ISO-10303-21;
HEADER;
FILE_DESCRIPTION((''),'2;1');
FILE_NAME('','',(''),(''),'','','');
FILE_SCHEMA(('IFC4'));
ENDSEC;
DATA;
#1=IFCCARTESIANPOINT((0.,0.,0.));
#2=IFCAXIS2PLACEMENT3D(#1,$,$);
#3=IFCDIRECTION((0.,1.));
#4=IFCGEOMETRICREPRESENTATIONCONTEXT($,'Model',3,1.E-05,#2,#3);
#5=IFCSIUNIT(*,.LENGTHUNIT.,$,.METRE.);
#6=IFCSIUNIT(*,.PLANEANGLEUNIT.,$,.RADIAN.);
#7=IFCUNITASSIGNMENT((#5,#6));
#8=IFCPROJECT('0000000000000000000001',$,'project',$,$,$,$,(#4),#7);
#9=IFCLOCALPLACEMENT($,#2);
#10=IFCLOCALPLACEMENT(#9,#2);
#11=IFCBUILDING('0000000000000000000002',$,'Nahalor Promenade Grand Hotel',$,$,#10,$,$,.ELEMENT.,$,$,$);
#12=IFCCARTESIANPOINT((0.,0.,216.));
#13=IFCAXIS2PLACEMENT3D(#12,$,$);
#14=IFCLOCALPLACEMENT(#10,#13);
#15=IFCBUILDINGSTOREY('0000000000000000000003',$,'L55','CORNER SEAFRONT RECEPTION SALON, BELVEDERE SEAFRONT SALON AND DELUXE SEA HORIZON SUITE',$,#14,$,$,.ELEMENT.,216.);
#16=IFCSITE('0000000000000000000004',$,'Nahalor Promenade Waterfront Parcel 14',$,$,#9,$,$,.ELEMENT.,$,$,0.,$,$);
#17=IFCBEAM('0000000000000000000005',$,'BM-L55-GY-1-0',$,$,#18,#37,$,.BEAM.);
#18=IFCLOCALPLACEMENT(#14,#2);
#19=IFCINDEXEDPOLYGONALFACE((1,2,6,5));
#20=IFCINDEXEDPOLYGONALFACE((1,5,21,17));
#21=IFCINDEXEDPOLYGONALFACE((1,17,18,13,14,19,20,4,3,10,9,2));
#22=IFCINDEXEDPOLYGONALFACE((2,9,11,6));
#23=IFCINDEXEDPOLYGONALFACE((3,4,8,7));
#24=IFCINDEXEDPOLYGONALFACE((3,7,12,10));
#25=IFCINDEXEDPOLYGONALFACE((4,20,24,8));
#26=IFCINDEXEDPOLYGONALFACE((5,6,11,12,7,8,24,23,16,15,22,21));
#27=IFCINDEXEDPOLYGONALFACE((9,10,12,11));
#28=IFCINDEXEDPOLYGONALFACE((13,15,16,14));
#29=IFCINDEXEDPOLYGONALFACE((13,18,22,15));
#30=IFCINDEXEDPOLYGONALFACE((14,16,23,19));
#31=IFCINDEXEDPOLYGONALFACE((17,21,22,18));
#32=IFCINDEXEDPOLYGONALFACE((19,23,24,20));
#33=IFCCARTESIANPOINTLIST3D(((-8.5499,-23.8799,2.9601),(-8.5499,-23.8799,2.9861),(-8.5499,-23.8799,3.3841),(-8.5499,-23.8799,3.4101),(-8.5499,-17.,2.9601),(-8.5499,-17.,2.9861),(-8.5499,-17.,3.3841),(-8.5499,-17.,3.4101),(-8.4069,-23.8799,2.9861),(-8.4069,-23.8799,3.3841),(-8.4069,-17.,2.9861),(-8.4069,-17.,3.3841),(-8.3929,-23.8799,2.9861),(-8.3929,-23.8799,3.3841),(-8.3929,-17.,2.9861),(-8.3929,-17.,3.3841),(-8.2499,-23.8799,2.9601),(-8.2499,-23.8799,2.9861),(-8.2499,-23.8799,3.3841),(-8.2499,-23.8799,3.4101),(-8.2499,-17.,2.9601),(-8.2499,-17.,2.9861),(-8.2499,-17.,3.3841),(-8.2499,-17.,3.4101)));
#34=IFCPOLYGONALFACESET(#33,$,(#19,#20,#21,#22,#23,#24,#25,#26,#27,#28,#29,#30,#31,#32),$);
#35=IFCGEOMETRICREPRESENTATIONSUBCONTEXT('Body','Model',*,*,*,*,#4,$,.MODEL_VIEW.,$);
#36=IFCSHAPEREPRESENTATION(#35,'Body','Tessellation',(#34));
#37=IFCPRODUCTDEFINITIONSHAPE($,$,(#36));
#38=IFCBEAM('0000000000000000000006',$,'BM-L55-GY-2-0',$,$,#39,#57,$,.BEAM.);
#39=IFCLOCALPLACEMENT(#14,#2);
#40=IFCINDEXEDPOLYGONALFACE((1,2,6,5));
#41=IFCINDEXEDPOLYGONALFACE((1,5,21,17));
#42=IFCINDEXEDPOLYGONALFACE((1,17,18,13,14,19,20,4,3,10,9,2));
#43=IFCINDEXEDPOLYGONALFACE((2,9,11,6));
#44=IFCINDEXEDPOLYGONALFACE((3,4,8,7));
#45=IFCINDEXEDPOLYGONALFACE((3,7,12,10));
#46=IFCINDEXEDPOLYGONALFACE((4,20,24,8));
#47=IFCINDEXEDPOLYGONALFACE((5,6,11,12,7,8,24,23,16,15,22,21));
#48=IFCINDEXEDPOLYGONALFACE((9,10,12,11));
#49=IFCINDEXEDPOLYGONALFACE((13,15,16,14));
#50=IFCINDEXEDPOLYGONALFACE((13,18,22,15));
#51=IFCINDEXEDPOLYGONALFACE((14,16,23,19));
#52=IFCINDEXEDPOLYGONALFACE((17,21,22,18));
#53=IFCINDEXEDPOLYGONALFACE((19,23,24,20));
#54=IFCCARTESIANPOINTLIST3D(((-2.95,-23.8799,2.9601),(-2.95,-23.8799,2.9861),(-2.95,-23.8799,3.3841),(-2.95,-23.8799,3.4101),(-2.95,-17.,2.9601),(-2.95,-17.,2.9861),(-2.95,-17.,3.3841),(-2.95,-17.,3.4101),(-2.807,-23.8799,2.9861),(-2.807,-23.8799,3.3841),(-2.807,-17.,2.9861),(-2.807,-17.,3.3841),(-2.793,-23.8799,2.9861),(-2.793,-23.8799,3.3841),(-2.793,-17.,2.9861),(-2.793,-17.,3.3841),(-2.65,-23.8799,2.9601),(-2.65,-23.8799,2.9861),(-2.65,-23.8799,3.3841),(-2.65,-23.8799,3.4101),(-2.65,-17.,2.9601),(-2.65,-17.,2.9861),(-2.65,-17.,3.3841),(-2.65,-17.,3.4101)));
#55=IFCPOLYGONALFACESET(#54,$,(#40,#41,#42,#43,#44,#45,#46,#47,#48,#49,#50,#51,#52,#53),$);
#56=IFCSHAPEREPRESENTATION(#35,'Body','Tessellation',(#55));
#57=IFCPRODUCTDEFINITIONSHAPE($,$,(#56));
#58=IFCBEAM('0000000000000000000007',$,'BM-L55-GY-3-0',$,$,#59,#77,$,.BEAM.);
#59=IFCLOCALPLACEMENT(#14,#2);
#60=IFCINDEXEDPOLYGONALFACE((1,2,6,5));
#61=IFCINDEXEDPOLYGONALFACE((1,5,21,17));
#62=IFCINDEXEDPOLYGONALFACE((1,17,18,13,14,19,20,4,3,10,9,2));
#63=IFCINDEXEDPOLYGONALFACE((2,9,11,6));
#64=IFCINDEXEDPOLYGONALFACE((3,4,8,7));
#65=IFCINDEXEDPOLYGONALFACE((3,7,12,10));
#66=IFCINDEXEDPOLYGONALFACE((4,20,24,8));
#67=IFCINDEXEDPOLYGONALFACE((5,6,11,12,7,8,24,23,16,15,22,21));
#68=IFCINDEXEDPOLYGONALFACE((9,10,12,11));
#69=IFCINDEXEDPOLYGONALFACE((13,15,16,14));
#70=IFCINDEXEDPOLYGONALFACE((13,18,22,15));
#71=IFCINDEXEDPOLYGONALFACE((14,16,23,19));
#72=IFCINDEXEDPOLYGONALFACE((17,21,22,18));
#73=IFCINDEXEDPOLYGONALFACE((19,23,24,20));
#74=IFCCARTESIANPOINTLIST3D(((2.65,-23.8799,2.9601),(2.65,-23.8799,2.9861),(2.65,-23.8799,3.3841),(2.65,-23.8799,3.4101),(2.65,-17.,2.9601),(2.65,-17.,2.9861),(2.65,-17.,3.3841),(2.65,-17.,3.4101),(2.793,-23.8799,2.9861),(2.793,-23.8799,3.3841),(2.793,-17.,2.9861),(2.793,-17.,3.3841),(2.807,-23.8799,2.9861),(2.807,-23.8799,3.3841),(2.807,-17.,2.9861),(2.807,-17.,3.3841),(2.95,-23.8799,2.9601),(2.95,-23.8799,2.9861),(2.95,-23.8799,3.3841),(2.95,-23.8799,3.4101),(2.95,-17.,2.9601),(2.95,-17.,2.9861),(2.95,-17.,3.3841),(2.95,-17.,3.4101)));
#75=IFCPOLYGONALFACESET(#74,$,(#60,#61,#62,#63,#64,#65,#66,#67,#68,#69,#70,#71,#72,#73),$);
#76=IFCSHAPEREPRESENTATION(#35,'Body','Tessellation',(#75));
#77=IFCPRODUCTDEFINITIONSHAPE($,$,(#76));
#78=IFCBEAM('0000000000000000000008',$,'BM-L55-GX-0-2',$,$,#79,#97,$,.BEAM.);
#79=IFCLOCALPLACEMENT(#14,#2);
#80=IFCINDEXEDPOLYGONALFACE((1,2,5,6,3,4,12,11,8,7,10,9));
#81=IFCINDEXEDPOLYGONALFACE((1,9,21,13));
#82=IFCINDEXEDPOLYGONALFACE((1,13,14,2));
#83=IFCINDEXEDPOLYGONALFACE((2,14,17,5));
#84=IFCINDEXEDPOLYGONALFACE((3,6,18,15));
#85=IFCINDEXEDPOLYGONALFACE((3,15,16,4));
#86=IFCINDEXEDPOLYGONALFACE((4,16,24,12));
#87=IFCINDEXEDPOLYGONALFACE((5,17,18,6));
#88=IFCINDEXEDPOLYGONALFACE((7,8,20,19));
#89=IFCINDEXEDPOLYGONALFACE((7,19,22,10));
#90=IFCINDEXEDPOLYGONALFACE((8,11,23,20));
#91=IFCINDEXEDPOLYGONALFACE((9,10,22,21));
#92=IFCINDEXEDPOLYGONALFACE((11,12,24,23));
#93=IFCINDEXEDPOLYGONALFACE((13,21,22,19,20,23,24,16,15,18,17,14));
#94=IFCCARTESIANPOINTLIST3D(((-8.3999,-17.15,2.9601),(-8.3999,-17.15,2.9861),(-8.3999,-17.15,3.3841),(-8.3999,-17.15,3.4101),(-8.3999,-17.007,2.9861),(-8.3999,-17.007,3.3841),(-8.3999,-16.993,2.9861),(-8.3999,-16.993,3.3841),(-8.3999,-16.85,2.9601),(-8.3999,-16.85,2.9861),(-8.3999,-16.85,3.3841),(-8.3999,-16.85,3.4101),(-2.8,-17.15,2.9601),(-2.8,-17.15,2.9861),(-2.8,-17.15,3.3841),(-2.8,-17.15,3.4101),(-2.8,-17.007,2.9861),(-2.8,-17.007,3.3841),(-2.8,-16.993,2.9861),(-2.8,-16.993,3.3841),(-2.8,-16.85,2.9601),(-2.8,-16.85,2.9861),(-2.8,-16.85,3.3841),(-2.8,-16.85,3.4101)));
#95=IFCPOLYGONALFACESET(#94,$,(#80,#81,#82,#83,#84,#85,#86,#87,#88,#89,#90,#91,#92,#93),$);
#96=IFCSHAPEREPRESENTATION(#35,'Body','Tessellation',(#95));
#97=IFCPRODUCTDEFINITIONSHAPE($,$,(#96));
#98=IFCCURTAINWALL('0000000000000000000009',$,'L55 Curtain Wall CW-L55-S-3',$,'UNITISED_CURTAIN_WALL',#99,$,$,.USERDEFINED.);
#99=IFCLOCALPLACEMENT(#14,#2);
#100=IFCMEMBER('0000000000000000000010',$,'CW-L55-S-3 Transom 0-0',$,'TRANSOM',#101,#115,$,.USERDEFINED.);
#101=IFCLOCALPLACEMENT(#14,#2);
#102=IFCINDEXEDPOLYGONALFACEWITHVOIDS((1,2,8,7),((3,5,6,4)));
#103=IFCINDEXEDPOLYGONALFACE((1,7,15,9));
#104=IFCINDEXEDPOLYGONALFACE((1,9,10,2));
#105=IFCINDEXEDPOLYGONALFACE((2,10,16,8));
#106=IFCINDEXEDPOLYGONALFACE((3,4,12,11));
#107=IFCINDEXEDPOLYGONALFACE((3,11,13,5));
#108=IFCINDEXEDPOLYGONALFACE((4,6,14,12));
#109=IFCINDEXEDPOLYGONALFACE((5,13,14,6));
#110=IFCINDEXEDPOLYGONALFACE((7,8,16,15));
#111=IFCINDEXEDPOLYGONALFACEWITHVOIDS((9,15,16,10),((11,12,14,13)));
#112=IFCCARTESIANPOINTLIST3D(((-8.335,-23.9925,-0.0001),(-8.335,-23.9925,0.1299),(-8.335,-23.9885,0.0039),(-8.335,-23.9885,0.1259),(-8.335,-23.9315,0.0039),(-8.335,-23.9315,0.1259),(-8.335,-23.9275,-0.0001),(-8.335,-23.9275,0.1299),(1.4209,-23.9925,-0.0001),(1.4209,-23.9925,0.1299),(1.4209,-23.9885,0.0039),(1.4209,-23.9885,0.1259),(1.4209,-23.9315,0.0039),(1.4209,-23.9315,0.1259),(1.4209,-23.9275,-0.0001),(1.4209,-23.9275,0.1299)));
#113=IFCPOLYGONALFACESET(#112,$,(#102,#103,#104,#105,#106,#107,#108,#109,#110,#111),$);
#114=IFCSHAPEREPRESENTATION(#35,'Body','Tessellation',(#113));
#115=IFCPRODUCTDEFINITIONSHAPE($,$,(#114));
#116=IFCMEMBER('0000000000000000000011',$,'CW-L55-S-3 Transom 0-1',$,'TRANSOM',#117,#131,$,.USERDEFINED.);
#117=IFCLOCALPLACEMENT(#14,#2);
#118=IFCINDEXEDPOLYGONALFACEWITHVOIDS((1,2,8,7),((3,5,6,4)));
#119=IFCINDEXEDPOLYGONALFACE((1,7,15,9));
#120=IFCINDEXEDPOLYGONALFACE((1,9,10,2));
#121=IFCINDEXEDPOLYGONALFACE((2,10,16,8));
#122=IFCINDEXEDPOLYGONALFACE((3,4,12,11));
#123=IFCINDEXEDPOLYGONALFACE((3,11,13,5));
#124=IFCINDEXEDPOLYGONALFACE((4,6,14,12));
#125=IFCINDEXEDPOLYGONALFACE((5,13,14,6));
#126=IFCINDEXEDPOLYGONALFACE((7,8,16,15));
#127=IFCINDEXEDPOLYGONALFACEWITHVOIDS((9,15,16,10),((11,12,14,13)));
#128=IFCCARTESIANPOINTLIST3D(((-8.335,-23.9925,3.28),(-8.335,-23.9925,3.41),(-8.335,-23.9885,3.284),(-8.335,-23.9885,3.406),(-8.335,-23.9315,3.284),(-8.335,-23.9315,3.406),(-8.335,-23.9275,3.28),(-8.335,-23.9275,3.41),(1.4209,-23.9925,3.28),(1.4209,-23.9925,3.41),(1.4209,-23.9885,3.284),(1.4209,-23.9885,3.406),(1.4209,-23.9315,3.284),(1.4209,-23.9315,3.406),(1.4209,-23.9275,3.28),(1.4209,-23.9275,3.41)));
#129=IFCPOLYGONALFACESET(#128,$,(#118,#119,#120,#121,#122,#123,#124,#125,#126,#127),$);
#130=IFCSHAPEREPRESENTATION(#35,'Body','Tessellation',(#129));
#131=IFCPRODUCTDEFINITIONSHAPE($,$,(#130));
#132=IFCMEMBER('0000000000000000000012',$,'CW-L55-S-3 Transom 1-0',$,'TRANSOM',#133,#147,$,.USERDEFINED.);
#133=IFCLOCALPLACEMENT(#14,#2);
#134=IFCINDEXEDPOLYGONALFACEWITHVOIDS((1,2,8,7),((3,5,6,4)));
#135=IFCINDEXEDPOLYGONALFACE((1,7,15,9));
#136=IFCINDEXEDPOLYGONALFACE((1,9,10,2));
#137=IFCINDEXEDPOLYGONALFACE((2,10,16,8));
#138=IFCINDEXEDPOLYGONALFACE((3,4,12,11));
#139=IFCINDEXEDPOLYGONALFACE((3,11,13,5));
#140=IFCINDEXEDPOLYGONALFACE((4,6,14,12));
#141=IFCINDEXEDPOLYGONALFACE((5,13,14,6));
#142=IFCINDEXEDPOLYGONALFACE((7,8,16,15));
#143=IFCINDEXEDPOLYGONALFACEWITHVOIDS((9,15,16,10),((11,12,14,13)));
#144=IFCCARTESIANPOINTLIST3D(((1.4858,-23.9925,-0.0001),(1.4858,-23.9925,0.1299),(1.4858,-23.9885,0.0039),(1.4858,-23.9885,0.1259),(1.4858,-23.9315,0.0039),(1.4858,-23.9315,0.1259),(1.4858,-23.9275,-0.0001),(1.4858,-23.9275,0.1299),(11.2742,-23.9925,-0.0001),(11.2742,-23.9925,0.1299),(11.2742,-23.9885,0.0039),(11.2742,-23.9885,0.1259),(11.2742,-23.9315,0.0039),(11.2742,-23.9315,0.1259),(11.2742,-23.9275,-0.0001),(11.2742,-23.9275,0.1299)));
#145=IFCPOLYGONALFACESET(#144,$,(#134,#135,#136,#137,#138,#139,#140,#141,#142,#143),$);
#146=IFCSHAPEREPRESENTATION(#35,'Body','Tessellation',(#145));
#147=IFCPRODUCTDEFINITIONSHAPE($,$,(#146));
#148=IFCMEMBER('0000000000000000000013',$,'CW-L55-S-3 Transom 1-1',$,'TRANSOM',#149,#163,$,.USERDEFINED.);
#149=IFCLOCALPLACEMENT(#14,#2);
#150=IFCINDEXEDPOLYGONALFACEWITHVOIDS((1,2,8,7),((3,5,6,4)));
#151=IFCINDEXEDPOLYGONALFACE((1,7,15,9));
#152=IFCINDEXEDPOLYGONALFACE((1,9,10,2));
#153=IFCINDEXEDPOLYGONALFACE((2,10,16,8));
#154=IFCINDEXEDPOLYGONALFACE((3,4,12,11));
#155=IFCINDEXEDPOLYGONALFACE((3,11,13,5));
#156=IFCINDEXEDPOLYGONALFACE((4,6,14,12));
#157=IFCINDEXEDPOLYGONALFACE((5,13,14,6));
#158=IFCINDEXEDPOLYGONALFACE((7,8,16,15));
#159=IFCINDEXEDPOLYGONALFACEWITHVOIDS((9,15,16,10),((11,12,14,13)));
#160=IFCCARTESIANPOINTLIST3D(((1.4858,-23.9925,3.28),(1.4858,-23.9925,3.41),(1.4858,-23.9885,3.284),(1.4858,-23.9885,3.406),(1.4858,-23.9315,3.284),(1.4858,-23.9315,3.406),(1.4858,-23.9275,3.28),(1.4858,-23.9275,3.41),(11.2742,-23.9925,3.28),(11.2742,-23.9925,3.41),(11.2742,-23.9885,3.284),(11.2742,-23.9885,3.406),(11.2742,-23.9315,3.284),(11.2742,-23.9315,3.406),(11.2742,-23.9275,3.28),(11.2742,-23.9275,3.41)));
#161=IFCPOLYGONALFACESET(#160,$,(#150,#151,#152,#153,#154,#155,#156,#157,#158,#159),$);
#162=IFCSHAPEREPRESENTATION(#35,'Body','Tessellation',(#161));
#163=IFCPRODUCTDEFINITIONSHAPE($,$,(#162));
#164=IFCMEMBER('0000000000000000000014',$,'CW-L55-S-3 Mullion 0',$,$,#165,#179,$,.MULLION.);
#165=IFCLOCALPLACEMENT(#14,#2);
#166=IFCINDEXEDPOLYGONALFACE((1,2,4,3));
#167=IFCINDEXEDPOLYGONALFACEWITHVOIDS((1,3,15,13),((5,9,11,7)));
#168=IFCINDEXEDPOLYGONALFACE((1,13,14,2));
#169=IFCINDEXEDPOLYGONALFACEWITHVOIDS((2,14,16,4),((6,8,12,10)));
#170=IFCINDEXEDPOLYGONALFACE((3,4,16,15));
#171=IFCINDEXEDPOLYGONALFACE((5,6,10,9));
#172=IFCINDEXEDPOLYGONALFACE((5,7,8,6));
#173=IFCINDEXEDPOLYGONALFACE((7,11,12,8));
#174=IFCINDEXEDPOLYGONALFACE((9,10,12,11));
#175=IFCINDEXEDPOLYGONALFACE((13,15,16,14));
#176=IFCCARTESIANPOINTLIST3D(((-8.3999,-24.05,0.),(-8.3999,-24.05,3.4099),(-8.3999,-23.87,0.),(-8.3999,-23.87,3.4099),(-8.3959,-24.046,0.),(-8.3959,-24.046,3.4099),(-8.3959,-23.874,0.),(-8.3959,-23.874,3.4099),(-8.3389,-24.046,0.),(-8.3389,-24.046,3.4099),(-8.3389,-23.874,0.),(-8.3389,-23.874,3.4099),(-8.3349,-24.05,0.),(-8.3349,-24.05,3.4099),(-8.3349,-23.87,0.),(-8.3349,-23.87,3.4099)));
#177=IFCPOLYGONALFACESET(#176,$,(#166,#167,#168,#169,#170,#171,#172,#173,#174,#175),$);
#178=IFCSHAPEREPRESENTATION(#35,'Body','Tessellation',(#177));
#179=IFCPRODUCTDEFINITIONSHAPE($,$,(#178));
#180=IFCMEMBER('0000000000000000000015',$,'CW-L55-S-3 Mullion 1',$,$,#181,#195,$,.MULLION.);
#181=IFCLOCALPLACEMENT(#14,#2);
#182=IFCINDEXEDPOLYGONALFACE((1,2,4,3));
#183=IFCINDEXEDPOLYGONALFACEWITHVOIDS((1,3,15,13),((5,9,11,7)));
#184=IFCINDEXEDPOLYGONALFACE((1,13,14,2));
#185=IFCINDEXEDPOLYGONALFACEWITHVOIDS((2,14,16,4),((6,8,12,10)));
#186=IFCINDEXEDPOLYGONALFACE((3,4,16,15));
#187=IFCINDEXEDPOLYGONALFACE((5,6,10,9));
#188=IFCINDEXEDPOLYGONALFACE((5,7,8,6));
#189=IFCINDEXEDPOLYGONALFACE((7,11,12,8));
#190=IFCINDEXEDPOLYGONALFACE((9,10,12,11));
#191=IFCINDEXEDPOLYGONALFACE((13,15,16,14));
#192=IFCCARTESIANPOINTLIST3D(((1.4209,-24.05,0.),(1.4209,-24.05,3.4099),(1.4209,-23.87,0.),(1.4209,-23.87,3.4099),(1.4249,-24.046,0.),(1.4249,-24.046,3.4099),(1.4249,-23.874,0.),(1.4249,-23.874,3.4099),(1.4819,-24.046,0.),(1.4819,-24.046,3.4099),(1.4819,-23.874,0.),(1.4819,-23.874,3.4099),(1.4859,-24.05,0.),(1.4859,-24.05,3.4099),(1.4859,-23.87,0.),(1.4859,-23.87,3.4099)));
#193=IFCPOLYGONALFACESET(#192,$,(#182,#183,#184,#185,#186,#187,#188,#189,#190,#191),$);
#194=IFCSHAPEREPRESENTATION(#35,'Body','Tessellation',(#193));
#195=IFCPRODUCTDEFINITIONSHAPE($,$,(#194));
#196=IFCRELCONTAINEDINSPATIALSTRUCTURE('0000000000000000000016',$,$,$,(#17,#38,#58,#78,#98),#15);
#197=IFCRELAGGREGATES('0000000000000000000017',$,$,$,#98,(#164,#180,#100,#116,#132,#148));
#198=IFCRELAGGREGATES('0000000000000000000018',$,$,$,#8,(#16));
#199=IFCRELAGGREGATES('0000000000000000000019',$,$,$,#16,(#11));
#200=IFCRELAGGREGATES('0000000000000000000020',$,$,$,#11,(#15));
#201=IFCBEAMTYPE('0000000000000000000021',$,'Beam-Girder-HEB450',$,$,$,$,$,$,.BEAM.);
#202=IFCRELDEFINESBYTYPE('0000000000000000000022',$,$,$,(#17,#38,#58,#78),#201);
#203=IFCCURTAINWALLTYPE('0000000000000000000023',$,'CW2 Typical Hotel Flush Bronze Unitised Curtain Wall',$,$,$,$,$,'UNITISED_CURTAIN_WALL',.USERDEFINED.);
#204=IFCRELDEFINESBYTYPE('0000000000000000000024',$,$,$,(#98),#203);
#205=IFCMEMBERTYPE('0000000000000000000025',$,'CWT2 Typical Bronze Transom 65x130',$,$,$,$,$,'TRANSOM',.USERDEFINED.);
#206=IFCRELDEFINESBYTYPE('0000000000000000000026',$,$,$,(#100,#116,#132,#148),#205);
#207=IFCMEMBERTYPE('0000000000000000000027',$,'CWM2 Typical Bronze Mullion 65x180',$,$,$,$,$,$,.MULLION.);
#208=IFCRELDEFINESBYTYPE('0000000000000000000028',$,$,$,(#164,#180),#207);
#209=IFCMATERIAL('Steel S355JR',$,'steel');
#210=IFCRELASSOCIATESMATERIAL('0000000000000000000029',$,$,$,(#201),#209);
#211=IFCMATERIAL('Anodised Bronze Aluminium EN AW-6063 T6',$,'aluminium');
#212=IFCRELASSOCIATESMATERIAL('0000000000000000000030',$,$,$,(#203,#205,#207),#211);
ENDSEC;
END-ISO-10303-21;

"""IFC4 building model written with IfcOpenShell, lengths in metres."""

from ifc_helpers import new_model, si_unit, direction, frame, origin, origin_2d, place, context, subcontext, project, spatial, hollow_rectangle, i_section, extrude, source, transform, mapped, material, material_profile, profile_set, type_object, element, aggregate, save


model = new_model("IFC4")

# Units and contexts
model_context = context("Model", 3, precision=1e-05, world=origin(), true_north=direction((0.0, 1.0)))
body_context = subcontext(model_context, "Body", "Model", "MODEL_VIEW")
ifc_project = project(units=[si_unit("LENGTHUNIT", "METRE"), si_unit("PLANEANGLEUNIT", "RADIAN")], contexts=[model_context])

# Site, building, storey
site_placement = place(None, origin())
site = spatial("IfcSite", under=ifc_project, at=site_placement, Name="Nahalor Promenade Waterfront Parcel 14", CompositionType="ELEMENT", RefElevation=0.0)
building_placement = place(site_placement, origin())
building = spatial("IfcBuilding", under=site, at=building_placement, Name="Nahalor Promenade Grand Hotel", CompositionType="ELEMENT")
storey_placement = place(building_placement, frame((0.0, 0.0, 216.0)))
storey = spatial("IfcBuildingStorey", under=building, at=storey_placement, Name="L55", Description="CORNER SEAFRONT RECEPTION SALON, BELVEDERE SEAFRONT SALON AND DELUXE SEA HORIZON SUITE", CompositionType="ELEMENT", Elevation=216.0)

# Shared definitions
ifc_material_1 = material(Name="Steel S355JR", Category="steel")

# Beams
ifc_material_profile_1 = material_profile(ifc_material_1, i_section(OverallWidth=0.3, OverallDepth=0.45, WebThickness=0.014, FlangeThickness=0.026, at=origin_2d()), Name="HEB 450")
ifc_profile_set_1 = profile_set([ifc_material_profile_1], Name="Steel S355JR")
beam_type_1 = type_object("IfcBeamType", Name="Beam-Girder-HEB450", PredefinedType="BEAM", material=ifc_profile_set_1)
shared_shape_1 = source(origin(), body_context, "Body", "SweptSolid", [
    extrude(i_section(OverallWidth=0.3, OverallDepth=0.45, WebThickness=0.014, FlangeThickness=0.026, at=origin_2d()), origin(), (0.0, 0.0, 1.0), 6.8799),
])
for number, where, z_axis, x_axis, name in (
    (1, (-8.3999, -23.8799, 3.1851), (0.0, 1.0, 0.0), (-1.0, 0.0, 0.0), "BM-L55-GY-1-0"),
    (2, (-2.8, -23.8799, 3.1851), (0.0, 1.0, 0.0), (-1.0, 0.0, 0.0), "BM-L55-GY-2-0"),
    (3, (2.8, -23.8799, 3.1851), (0.0, 1.0, 0.0), (-1.0, 0.0, 0.0), "BM-L55-GY-3-0"),
):
    element("IfcBeam", number, at=place(storey_placement, frame(where, z_axis=z_axis, x_axis=x_axis)), inside=storey, type_object=beam_type_1, Name=name, PredefinedType="BEAM", context=body_context, shape_type="MappedRepresentation", body=[
        mapped(shared_shape_1, transform((0.0, 0.0, 0.0), scale=1.0)),
    ])
shared_shape_2 = source(origin(), body_context, "Body", "SweptSolid", [
    extrude(i_section(OverallWidth=0.3, OverallDepth=0.45, WebThickness=0.014, FlangeThickness=0.026, at=origin_2d()), origin(), (0.0, 0.0, 1.0), 5.5999),
])
beam_1_placement = place(storey_placement, frame((-8.3999, -17.0, 3.1851), z_axis=(1.0, 0.0, 0.0), x_axis=(0.0, 1.0, 0.0)))
element("IfcBeam", 4, at=beam_1_placement, inside=storey, type_object=beam_type_1, Name="BM-L55-GX-0-2", PredefinedType="BEAM", context=body_context, shape_type="MappedRepresentation", body=[
    mapped(shared_shape_2, transform((0.0, 0.0, 0.0), scale=1.0)),
])

# Curtain wall, members
ifc_material_2 = material(Name="Anodised Bronze Aluminium EN AW-6063 T6", Category="aluminium")
curtain_wall_type = type_object("IfcCurtainWallType", Name="CW2 Typical Hotel Flush Bronze Unitised Curtain Wall", ElementType="UNITISED_CURTAIN_WALL", PredefinedType="USERDEFINED", material=ifc_material_2)
curtain_wall_placement = place(storey_placement, origin())
curtain_wall = element("IfcCurtainWall", 5, at=curtain_wall_placement, inside=storey, type_object=curtain_wall_type, Name="L55 Curtain Wall CW-L55-S-3", ObjectType="UNITISED_CURTAIN_WALL", PredefinedType="USERDEFINED")
ifc_material_profile_2 = material_profile(ifc_material_2, hollow_rectangle(XDim=0.065, YDim=0.13, WallThickness=0.004, at=origin_2d()), Name="CWT 65x130x4")
ifc_profile_set_2 = profile_set([ifc_material_profile_2], Name="Anodised Bronze Aluminium EN AW-6063 T6")
member_type_1 = type_object("IfcMemberType", Name="CWT2 Typical Bronze Transom 65x130", ElementType="TRANSOM", PredefinedType="USERDEFINED", material=ifc_profile_set_2)
shared_shape_3 = source(origin(), body_context, "Body", "SweptSolid", [
    extrude(hollow_rectangle(XDim=0.065, YDim=0.13, WallThickness=0.004, at=origin_2d()), origin(), (0.0, 0.0, 1.0), 9.7559),
])
member_1_placement = place(storey_placement, frame((-8.335, -23.96, 0.0649), z_axis=(1.0, 0.0, 0.0), x_axis=(0.0, 1.0, 0.0)))
member_1 = element("IfcMember", 6, at=member_1_placement, type_object=member_type_1, Name="CW-L55-S-3 Transom 0-0", ObjectType="TRANSOM", PredefinedType="USERDEFINED", context=body_context, shape_type="MappedRepresentation", body=[
    mapped(shared_shape_3, transform((0.0, 0.0, 0.0), scale=1.0)),
])
member_2_placement = place(storey_placement, frame((-8.335, -23.96, 3.345), z_axis=(1.0, 0.0, 0.0), x_axis=(0.0, 1.0, 0.0)))
member_2 = element("IfcMember", 7, at=member_2_placement, type_object=member_type_1, Name="CW-L55-S-3 Transom 0-1", ObjectType="TRANSOM", PredefinedType="USERDEFINED", context=body_context, shape_type="MappedRepresentation", body=[
    mapped(shared_shape_3, transform((0.0, 0.0, 0.0), scale=1.0)),
])
shared_shape_4 = source(origin(), body_context, "Body", "SweptSolid", [
    extrude(hollow_rectangle(XDim=0.065, YDim=0.13, WallThickness=0.004, at=origin_2d()), origin(), (0.0, 0.0, 1.0), 9.7883),
])
member_3_placement = place(storey_placement, frame((1.4858, -23.96, 0.0649), z_axis=(1.0, 0.0, 0.0), x_axis=(0.0, 1.0, 0.0)))
member_3 = element("IfcMember", 8, at=member_3_placement, type_object=member_type_1, Name="CW-L55-S-3 Transom 1-0", ObjectType="TRANSOM", PredefinedType="USERDEFINED", context=body_context, shape_type="MappedRepresentation", body=[
    mapped(shared_shape_4, transform((0.0, 0.0, 0.0), scale=1.0)),
])
member_4_placement = place(storey_placement, frame((1.4858, -23.96, 3.345), z_axis=(1.0, 0.0, 0.0), x_axis=(0.0, 1.0, 0.0)))
member_4 = element("IfcMember", 9, at=member_4_placement, type_object=member_type_1, Name="CW-L55-S-3 Transom 1-1", ObjectType="TRANSOM", PredefinedType="USERDEFINED", context=body_context, shape_type="MappedRepresentation", body=[
    mapped(shared_shape_4, transform((0.0, 0.0, 0.0), scale=1.0)),
])
ifc_material_profile_3 = material_profile(ifc_material_2, hollow_rectangle(XDim=0.065, YDim=0.18, WallThickness=0.004, at=origin_2d()), Name="CWM 65x180x4")
ifc_profile_set_3 = profile_set([ifc_material_profile_3], Name="Anodised Bronze Aluminium EN AW-6063 T6")
member_type_2 = type_object("IfcMemberType", Name="CWM2 Typical Bronze Mullion 65x180", PredefinedType="MULLION", material=ifc_profile_set_3)
shared_shape_5 = source(origin(), body_context, "Body", "SweptSolid", [
    extrude(hollow_rectangle(XDim=0.065, YDim=0.18, WallThickness=0.004, at=origin_2d()), origin(), (0.0, 0.0, 1.0), 3.4099),
])
member_5_placement = place(storey_placement, frame((-8.3674, -23.96, 0.0), z_axis=(0.0, 0.0, 1.0), x_axis=(1.0, 0.0, 0.0)))
member_5 = element("IfcMember", 10, at=member_5_placement, type_object=member_type_2, Name="CW-L55-S-3 Mullion 0", PredefinedType="MULLION", context=body_context, shape_type="MappedRepresentation", body=[
    mapped(shared_shape_5, transform((0.0, 0.0, 0.0), scale=1.0)),
])
member_6_placement = place(storey_placement, frame((1.4534, -23.96, 0.0), z_axis=(0.0, 0.0, 1.0), x_axis=(1.0, 0.0, 0.0)))
member_6 = element("IfcMember", 11, at=member_6_placement, type_object=member_type_2, Name="CW-L55-S-3 Mullion 1", PredefinedType="MULLION", context=body_context, shape_type="MappedRepresentation", body=[
    mapped(shared_shape_5, transform((0.0, 0.0, 0.0), scale=1.0)),
])
aggregate(curtain_wall, [member_5, member_6, member_1, member_2, member_3, member_4])

save(model, "model.ifc")
